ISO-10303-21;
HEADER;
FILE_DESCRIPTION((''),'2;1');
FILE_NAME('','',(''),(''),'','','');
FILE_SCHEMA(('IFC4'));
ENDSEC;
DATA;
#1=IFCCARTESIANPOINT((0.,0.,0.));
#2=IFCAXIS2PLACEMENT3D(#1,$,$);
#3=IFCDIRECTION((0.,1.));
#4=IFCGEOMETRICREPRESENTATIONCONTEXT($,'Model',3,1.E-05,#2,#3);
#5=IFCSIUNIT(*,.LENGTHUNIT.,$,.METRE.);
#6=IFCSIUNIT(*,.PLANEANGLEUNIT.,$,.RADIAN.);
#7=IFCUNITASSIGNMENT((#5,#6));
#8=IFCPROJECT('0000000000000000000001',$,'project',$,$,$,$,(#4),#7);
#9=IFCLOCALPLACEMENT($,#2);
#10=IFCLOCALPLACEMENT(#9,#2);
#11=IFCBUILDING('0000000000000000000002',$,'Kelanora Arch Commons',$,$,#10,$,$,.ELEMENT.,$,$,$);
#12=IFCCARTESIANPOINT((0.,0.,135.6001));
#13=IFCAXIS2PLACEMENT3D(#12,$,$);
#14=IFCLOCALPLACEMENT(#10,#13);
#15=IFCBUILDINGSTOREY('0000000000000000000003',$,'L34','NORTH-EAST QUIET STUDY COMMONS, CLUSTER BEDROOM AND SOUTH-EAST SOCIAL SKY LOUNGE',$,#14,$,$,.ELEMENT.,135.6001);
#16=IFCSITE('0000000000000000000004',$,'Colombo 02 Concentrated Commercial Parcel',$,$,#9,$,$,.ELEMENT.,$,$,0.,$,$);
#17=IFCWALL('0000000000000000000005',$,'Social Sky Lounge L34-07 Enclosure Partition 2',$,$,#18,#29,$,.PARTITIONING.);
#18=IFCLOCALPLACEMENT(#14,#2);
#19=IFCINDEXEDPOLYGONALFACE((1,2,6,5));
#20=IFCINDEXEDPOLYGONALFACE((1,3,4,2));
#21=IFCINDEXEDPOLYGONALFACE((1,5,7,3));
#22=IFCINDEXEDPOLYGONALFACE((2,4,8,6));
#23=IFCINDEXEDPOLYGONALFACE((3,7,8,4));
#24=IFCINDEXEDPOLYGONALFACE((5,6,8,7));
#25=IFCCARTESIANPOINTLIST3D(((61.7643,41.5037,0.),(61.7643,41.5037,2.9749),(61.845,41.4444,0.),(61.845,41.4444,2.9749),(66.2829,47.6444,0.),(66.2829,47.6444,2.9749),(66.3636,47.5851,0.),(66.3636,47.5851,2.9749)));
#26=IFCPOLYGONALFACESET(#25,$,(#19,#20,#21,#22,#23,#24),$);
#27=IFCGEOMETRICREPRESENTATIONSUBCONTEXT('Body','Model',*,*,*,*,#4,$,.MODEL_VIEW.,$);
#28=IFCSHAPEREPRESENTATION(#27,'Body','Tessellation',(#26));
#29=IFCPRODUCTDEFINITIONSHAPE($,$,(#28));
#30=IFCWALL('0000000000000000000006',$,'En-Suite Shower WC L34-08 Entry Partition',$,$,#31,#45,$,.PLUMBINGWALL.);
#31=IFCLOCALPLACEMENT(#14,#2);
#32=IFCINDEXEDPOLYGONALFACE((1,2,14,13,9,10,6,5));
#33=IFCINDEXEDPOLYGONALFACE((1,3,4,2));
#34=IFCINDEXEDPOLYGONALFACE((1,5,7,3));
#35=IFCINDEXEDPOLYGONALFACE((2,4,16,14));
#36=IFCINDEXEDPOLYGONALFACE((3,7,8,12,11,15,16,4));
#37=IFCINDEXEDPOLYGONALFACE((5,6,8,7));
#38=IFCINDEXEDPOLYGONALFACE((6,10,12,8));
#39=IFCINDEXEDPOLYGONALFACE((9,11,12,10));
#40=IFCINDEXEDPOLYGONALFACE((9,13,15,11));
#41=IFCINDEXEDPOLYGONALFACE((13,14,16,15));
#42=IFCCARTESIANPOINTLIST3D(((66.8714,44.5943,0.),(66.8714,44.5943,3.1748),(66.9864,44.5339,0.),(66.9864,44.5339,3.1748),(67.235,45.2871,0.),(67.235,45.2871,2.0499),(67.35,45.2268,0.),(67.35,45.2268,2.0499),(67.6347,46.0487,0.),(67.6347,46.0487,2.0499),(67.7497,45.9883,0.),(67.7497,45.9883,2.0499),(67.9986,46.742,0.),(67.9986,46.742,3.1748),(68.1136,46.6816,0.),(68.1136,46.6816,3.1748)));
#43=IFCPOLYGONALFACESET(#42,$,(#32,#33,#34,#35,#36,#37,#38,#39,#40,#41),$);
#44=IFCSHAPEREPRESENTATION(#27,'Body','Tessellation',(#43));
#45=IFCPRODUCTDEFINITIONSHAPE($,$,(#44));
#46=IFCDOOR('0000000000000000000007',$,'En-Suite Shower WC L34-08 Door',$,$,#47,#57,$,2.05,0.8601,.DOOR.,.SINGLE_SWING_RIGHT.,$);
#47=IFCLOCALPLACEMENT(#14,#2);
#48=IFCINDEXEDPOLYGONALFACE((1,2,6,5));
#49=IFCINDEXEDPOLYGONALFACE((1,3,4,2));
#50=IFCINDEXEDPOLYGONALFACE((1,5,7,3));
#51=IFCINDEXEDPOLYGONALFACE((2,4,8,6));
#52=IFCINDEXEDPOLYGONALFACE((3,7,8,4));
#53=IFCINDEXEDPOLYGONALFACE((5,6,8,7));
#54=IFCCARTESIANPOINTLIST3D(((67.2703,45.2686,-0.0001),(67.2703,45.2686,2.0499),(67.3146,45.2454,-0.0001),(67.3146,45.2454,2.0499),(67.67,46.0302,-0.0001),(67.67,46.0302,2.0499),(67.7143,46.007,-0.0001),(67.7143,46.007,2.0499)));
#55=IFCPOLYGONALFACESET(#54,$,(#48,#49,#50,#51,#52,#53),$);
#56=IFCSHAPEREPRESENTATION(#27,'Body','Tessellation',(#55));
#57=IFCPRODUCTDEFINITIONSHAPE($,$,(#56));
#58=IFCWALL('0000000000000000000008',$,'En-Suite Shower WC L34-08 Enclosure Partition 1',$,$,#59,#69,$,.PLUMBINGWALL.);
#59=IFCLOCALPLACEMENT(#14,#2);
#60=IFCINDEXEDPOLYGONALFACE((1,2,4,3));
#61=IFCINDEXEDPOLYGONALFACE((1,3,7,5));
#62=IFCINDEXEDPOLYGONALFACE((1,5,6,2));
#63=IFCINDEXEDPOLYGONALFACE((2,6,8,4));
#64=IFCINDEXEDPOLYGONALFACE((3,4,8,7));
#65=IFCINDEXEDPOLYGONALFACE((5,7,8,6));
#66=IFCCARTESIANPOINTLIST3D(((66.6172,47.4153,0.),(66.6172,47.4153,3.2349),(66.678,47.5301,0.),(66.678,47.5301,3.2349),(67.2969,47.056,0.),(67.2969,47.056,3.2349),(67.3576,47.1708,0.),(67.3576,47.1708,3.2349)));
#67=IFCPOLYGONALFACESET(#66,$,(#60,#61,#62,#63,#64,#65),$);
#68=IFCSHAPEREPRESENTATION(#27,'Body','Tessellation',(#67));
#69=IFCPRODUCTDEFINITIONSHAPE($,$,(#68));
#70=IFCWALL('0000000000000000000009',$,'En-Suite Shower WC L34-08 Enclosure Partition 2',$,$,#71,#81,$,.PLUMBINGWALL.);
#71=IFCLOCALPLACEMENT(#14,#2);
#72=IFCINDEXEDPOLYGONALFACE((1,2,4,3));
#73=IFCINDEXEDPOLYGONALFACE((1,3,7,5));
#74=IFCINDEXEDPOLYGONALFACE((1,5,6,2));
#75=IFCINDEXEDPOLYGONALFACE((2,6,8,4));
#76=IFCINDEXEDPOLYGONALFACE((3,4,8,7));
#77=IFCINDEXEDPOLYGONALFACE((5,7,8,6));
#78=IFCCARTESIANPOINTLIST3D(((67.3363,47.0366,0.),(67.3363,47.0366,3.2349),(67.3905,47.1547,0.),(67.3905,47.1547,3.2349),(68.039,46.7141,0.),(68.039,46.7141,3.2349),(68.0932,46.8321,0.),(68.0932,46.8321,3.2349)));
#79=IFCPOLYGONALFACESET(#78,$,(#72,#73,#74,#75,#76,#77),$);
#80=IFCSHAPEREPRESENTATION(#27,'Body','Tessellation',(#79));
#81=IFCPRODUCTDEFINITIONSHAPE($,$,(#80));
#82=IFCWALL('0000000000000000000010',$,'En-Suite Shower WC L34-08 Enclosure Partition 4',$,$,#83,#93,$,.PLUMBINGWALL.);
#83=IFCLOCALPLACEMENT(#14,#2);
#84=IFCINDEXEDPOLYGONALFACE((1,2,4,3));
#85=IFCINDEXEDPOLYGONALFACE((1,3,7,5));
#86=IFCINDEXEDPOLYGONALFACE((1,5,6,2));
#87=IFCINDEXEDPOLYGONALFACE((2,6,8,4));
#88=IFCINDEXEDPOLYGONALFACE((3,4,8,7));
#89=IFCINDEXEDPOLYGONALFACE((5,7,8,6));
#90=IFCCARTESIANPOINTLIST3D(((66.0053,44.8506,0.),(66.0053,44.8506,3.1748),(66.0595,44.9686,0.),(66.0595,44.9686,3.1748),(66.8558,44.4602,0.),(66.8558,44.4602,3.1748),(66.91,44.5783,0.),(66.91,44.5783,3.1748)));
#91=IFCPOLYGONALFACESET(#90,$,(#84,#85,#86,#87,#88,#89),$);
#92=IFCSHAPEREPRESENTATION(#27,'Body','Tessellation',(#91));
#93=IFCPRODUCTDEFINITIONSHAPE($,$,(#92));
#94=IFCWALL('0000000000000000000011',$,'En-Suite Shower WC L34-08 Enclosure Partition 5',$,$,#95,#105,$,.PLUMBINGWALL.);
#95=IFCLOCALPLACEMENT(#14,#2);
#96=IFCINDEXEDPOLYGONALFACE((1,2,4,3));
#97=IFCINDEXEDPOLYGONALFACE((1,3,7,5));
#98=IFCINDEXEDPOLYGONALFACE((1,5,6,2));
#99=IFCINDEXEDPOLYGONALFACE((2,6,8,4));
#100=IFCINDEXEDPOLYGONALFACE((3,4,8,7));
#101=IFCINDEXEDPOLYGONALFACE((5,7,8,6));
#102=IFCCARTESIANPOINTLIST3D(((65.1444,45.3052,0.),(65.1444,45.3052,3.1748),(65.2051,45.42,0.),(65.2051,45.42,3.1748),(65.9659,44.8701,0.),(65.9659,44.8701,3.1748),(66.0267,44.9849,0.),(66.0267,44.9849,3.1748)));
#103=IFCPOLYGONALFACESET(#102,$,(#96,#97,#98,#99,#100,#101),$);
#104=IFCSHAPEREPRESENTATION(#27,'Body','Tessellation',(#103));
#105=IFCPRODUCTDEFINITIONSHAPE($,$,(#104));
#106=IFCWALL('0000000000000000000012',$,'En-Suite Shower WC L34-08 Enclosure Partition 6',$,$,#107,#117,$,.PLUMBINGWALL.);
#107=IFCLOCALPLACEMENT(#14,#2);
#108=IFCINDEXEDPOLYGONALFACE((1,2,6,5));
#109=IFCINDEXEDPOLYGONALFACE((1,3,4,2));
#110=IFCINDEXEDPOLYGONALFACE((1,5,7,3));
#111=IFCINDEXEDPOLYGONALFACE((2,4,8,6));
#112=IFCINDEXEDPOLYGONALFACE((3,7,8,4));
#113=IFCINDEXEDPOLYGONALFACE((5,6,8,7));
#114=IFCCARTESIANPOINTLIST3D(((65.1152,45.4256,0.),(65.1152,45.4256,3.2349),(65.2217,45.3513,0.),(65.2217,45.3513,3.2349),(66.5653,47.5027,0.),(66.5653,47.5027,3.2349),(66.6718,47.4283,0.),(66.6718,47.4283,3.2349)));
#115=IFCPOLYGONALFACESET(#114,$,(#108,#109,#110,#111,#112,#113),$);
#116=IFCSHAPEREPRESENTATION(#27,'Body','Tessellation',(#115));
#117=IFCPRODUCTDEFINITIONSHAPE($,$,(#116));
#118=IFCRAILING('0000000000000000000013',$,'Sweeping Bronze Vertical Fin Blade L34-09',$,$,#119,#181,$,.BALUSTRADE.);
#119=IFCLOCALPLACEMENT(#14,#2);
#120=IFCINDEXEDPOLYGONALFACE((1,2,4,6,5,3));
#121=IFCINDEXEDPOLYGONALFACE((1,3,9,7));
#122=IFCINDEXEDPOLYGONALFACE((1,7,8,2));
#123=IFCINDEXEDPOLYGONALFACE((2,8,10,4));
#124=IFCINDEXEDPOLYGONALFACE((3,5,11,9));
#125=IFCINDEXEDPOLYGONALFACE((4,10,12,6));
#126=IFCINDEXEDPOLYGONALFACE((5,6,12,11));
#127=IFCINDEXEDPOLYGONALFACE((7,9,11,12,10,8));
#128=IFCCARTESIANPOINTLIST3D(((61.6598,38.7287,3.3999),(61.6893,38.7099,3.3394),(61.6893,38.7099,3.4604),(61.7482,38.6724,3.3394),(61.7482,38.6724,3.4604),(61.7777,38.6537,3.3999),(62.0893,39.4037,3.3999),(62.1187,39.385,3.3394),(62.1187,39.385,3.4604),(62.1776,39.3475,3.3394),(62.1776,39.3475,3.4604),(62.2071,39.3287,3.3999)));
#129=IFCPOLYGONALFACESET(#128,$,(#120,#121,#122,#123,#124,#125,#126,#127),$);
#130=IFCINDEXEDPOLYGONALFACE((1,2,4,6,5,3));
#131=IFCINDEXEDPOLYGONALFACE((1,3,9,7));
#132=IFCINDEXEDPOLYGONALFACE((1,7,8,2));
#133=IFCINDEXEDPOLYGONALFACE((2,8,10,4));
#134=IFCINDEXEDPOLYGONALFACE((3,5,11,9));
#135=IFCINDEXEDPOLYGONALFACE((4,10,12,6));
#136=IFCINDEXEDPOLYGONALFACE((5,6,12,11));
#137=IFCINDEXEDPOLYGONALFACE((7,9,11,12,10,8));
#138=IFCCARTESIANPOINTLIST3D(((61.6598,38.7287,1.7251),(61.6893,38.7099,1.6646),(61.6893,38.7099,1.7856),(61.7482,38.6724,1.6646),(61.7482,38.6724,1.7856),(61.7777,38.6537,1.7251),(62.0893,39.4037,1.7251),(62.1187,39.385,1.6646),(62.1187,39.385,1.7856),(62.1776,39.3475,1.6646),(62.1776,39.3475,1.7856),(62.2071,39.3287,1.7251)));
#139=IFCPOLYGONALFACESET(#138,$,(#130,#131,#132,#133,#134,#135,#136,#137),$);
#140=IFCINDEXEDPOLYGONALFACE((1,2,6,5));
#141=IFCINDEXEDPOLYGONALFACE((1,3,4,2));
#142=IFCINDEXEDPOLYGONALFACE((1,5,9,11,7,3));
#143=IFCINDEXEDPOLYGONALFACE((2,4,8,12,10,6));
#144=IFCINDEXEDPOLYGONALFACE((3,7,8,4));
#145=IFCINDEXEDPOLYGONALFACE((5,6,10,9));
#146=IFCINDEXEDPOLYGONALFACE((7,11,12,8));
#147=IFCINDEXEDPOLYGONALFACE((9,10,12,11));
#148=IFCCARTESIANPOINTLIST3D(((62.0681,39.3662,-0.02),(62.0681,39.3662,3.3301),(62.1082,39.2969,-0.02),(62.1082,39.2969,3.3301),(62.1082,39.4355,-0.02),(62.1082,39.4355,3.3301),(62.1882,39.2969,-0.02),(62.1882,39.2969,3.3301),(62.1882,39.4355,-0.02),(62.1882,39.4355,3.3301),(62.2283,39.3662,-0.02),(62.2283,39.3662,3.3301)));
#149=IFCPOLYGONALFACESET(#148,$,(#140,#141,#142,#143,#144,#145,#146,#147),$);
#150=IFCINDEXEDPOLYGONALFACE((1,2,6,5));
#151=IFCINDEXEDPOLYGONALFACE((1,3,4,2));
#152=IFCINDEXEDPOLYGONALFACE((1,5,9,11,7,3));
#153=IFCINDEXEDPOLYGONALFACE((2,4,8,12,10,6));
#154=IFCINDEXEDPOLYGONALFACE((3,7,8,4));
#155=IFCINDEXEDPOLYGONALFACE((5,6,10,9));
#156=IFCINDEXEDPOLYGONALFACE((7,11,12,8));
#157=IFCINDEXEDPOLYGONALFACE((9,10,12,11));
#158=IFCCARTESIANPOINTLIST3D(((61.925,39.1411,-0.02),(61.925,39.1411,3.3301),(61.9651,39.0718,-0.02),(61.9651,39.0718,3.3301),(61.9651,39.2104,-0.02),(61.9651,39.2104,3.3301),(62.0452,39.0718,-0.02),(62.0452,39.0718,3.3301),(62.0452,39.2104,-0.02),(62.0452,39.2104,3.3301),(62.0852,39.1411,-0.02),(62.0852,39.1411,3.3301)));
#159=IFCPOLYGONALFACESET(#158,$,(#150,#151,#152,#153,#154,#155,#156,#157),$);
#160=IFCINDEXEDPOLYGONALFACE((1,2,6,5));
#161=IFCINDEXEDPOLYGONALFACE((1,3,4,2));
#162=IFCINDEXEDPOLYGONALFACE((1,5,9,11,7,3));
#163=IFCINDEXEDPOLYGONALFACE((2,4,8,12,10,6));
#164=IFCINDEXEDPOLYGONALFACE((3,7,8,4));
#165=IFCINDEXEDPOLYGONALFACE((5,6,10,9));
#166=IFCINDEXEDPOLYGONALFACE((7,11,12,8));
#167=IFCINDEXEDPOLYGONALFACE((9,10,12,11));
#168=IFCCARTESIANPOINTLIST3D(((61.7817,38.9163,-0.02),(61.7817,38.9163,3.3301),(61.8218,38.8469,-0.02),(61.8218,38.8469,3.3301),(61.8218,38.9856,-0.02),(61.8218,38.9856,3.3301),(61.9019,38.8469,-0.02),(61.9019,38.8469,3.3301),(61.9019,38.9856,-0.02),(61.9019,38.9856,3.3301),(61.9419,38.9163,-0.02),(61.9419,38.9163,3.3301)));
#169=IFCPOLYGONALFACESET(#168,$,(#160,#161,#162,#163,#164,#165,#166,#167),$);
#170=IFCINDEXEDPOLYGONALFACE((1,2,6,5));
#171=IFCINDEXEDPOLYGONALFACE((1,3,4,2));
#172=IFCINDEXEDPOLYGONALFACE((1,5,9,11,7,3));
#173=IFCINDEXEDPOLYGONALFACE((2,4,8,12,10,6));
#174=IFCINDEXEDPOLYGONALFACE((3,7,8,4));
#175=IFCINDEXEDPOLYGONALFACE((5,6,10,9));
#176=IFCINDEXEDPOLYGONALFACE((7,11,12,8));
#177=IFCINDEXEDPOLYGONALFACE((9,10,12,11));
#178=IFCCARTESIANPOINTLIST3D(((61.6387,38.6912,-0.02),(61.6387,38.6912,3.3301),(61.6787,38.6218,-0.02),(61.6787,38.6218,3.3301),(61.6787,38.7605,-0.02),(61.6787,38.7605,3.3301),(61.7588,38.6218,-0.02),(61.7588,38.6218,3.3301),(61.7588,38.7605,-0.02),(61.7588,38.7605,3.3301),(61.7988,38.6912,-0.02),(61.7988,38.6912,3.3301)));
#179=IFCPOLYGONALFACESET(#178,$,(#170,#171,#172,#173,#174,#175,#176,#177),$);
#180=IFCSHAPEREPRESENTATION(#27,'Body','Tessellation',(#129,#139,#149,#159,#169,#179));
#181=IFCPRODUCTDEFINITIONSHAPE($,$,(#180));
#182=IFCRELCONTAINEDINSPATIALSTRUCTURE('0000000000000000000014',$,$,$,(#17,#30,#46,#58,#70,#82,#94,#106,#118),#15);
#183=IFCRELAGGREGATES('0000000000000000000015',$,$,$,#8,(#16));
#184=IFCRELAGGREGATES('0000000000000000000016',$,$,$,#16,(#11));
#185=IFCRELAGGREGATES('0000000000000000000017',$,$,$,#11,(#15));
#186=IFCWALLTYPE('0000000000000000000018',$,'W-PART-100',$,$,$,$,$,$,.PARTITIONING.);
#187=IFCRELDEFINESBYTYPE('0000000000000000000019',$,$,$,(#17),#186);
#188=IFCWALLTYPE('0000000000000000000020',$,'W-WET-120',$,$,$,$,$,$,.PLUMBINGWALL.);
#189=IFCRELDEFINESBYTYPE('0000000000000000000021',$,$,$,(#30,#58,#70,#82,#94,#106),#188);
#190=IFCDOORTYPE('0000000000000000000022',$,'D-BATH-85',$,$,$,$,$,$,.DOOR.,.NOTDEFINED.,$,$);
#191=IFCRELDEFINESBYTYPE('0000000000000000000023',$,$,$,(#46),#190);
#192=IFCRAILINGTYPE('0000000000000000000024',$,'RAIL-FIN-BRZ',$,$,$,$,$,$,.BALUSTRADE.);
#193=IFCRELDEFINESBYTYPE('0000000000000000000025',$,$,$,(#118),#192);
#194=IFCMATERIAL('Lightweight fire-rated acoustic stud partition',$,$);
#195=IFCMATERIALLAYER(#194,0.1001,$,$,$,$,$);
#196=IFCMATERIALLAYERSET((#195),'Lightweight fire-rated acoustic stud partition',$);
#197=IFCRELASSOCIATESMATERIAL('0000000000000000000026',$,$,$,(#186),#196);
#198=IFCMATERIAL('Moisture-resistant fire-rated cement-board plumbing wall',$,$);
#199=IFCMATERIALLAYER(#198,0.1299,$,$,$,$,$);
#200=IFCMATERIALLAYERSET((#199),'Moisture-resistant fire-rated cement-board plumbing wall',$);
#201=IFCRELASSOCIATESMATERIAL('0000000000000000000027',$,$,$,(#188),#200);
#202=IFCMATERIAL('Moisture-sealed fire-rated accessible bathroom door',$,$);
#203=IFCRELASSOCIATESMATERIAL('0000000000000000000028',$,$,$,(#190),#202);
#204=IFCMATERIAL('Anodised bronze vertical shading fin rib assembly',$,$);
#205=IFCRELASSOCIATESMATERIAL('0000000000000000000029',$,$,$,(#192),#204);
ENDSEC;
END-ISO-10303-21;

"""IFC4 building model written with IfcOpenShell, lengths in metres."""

from ifc_helpers import new_model, si_unit, direction, frame, frame_2d, origin, place, context, subcontext, project, spatial, polyline, rectangle, outline, extrude, material, layer, layer_set, type_object, element, fill, save


model = new_model("IFC4")

# Units and contexts
model_context = context("Model", 3, precision=1e-05, world=origin(), true_north=direction((0.0, 1.0)))
body_context = subcontext(model_context, "Body", "Model", "MODEL_VIEW")
ifc_project = project(units=[si_unit("LENGTHUNIT", "METRE"), si_unit("PLANEANGLEUNIT", "RADIAN")], contexts=[model_context])

# Site, building, storey
site_placement = place(None, origin())
site = spatial("IfcSite", under=ifc_project, at=site_placement, Name="Colombo 02 Concentrated Commercial Parcel", CompositionType="ELEMENT", RefElevation=0.0)
building_placement = place(site_placement, origin())
building = spatial("IfcBuilding", under=site, at=building_placement, Name="Kelanora Arch Commons", CompositionType="ELEMENT")
storey_placement = place(building_placement, frame((0.0, 0.0, 135.6001)))
storey = spatial("IfcBuildingStorey", under=building, at=storey_placement, Name="L34", Description="NORTH-EAST QUIET STUDY COMMONS, CLUSTER BEDROOM AND SOUTH-EAST SOCIAL SKY LOUNGE", CompositionType="ELEMENT", Elevation=135.6001)

# Wall
ifc_material_1 = material(Name="Lightweight fire-rated acoustic stud partition")
ifc_layer_1 = layer(ifc_material_1, 0.1001)
ifc_layer_set_1 = layer_set([ifc_layer_1], Name="Lightweight fire-rated acoustic stud partition")
wall_type_1 = type_object("IfcWallType", Name="W-PART-100", PredefinedType="PARTITIONING", material=ifc_layer_set_1)
wall_1_placement = place(storey_placement, frame((66.3232, 47.6147, 0.0), z_axis=(0.0, 0.0, 1.0), x_axis=(-0.592679, -0.805439, 0.0)))
element("IfcWall", 1, at=wall_1_placement, inside=storey, type_object=wall_type_1, Name="Social Sky Lounge L34-07 Enclosure Partition 2", PredefinedType="PARTITIONING", context=body_context, shape_type="SweptSolid", body=[
    extrude(rectangle(XDim=7.624, YDim=0.1001, at=frame_2d((3.812, 0.0))), origin(), (0.0, 0.0, 1.0), 2.9749),
])

# Wall, opening, door
ifc_material_2 = material(Name="Moisture-resistant fire-rated cement-board plumbing wall")
ifc_layer_2 = layer(ifc_material_2, 0.1299)
ifc_layer_set_2 = layer_set([ifc_layer_2], Name="Moisture-resistant fire-rated cement-board plumbing wall")
wall_type_2 = type_object("IfcWallType", Name="W-WET-120", PredefinedType="PLUMBINGWALL", material=ifc_layer_set_2)
wall_2_placement = place(storey_placement, frame((68.0562, 46.7119, 0.0), z_axis=(0.0, 0.0, 1.0), x_axis=(-0.464721, -0.885457, 0.0)))
wall_2 = element("IfcWall", 2, at=wall_2_placement, inside=storey, type_object=wall_type_2, Name="En-Suite Shower WC L34-08 Entry Partition", PredefinedType="PLUMBINGWALL", context=body_context, shape_type="SweptSolid", body=[
    extrude(rectangle(XDim=2.4255, YDim=0.1299, at=frame_2d((1.2129, 0.0))), origin(), (0.0, 0.0, 1.0), 3.1748),
])
opening_1_placement = place(wall_2_placement, frame((0.783, 0.0, 0.0)))
opening_1 = element("IfcOpeningElement", 3, at=opening_1_placement, cuts=wall_2, PredefinedType="OPENING", context=body_context, shape_type="SweptSolid", body=[
    extrude(rectangle(XDim=0.8601, YDim=2.05, at=frame_2d((0.4302, 1.0249))), frame((0.0, 0.075, 0.0), z_axis=(0.0, -1.0, 0.0), x_axis=(1.0, 0.0, 0.0)), (0.0, 0.0, 1.0), 0.1499),
])
ifc_material_3 = material(Name="Moisture-sealed fire-rated accessible bathroom door")
door_type_1 = type_object("IfcDoorType", Name="D-BATH-85", OperationType="NOTDEFINED", PredefinedType="DOOR", material=ifc_material_3)
door_1_placement = place(opening_1_placement, origin())
door_1 = element("IfcDoor", 4, at=door_1_placement, inside=storey, type_object=door_type_1, Name="En-Suite Shower WC L34-08 Door", OperationType="SINGLE_SWING_RIGHT", OverallHeight=2.05, OverallWidth=0.8601, PredefinedType="DOOR", context=body_context, shape_type="SweptSolid", body=[
    extrude(rectangle(XDim=0.8601, YDim=2.05, at=frame_2d((0.4302, 1.0249))), frame((0.0, 0.0249, 0.0), z_axis=(0.0, -1.0, 0.0), x_axis=(1.0, 0.0, 0.0)), (0.0, 0.0, 1.0), 0.05),
])
fill(opening_1, door_1)

# Walls
wall_3_placement = place(storey_placement, frame((66.6477, 47.4727, 0.0), z_axis=(0.0, 0.0, 1.0), x_axis=(0.884035, -0.467421, 0.0)))
element("IfcWall", 5, at=wall_3_placement, inside=storey, type_object=wall_type_2, Name="En-Suite Shower WC L34-08 Enclosure Partition 1", PredefinedType="PLUMBINGWALL", context=body_context, shape_type="SweptSolid", body=[
    extrude(rectangle(XDim=0.7688, YDim=0.1299, at=frame_2d((0.3843, 0.0))), origin(), (0.0, 0.0, 1.0), 3.2349),
])
wall_4_placement = place(storey_placement, frame((67.3633, 47.0957, 0.0), z_axis=(0.0, 0.0, 1.0), x_axis=(0.908835, -0.417155, 0.0)))
element("IfcWall", 6, at=wall_4_placement, inside=storey, type_object=wall_type_2, Name="En-Suite Shower WC L34-08 Enclosure Partition 2", PredefinedType="PLUMBINGWALL", context=body_context, shape_type="SweptSolid", body=[
    extrude(rectangle(XDim=0.7732, YDim=0.1299, at=frame_2d((0.3867, 0.0))), origin(), (0.0, 0.0, 1.0), 3.2349),
])
wall_5_placement = place(storey_placement, frame((66.8828, 44.5193, 0.0), z_axis=(0.0, 0.0, 1.0), x_axis=(-0.908851, 0.417122, 0.0)))
element("IfcWall", 7, at=wall_5_placement, inside=storey, type_object=wall_type_2, Name="En-Suite Shower WC L34-08 Enclosure Partition 4", PredefinedType="PLUMBINGWALL", context=body_context, shape_type="SweptSolid", body=[
    extrude(rectangle(XDim=0.9358, YDim=0.1299, at=frame_2d((0.4678, 0.0))), origin(), (0.0, 0.0, 1.0), 3.1748),
])
wall_6_placement = place(storey_placement, frame((65.9963, 44.9275, 0.0), z_axis=(0.0, 0.0, 1.0), x_axis=(-0.88373, 0.467996, 0.0)))
element("IfcWall", 8, at=wall_6_placement, inside=storey, type_object=wall_type_2, Name="En-Suite Shower WC L34-08 Enclosure Partition 5", PredefinedType="PLUMBINGWALL", context=body_context, shape_type="SweptSolid", body=[
    extrude(rectangle(XDim=0.9297, YDim=0.1299, at=frame_2d((0.4648, 0.0))), origin(), (0.0, 0.0, 1.0), 3.1748),
])
wall_7_placement = place(storey_placement, frame((65.1685, 45.3884, 0.0), z_axis=(0.0, 0.0, 1.0), x_axis=(0.572453, 0.819938, 0.0)))
element("IfcWall", 9, at=wall_7_placement, inside=storey, type_object=wall_type_2, Name="En-Suite Shower WC L34-08 Enclosure Partition 6", PredefinedType="PLUMBINGWALL", context=body_context, shape_type="SweptSolid", body=[
    extrude(rectangle(XDim=2.5332, YDim=0.1299, at=frame_2d((1.2666, 0.0))), origin(), (0.0, 0.0, 1.0), 3.2349),
])

# Railing
ifc_material_4 = material(Name="Anodised bronze vertical shading fin rib assembly")
railing_type = type_object("IfcRailingType", Name="RAIL-FIN-BRZ", PredefinedType="BALUSTRADE", material=ifc_material_4)
railing_placement = place(storey_placement, frame((62.1482, 39.3662, -0.02)))
element("IfcRailing", 10, at=railing_placement, inside=storey, type_object=railing_type, Name="Sweeping Bronze Vertical Fin Blade L34-09", PredefinedType="BALUSTRADE", context=body_context, shape_type="SweptSolid", body=[
    extrude(outline(polyline([(0.0698, 0.0), (0.0349, 0.0605), (-0.0349, 0.0605), (-0.0698, 0.0), (-0.0349, -0.0605), (0.0349, -0.0605), (0.0698, 0.0)])), frame((0.0, 0.0, 3.4199), z_axis=(-0.536757, -0.843737, 0.0), x_axis=(0.843737, -0.536757, 0.0)), (0.0, 0.0, 1.0), 0.8),
    extrude(outline(polyline([(0.0698, 0.0), (0.0349, 0.0605), (-0.0349, 0.0605), (-0.0698, 0.0), (-0.0349, -0.0605), (0.0349, -0.0605), (0.0698, 0.0)])), frame((0.0, 0.0, 1.7451), z_axis=(-0.536757, -0.843737, 0.0), x_axis=(0.843737, -0.536757, 0.0)), (0.0, 0.0, 1.0), 0.8),
    extrude(outline(polyline([(0.0801, 0.0), (0.04, 0.0693), (-0.04, 0.0693), (-0.0801, 0.0), (-0.04, -0.0693), (0.04, -0.0693), (0.0801, 0.0)])), origin(), (0.0, 0.0, 1.0), 3.3501),
    extrude(outline(polyline([(0.0801, 0.0), (0.04, 0.0693), (-0.04, 0.0693), (-0.0801, 0.0), (-0.04, -0.0693), (0.04, -0.0693), (0.0801, 0.0)])), frame((-0.1431, -0.2251, 0.0)), (0.0, 0.0, 1.0), 3.3501),
    extrude(outline(polyline([(0.0801, 0.0), (0.04, 0.0693), (-0.04, 0.0693), (-0.0801, 0.0), (-0.04, -0.0693), (0.04, -0.0693), (0.0801, 0.0)])), frame((-0.2864, -0.45, 0.0)), (0.0, 0.0, 1.0), 3.3501),
    extrude(outline(polyline([(0.0801, 0.0), (0.04, 0.0693), (-0.04, 0.0693), (-0.0801, 0.0), (-0.04, -0.0693), (0.04, -0.0693), (0.0801, 0.0)])), frame((-0.4294, -0.675, 0.0)), (0.0, 0.0, 1.0), 3.3501),
])

save(model, "model.ifc")
